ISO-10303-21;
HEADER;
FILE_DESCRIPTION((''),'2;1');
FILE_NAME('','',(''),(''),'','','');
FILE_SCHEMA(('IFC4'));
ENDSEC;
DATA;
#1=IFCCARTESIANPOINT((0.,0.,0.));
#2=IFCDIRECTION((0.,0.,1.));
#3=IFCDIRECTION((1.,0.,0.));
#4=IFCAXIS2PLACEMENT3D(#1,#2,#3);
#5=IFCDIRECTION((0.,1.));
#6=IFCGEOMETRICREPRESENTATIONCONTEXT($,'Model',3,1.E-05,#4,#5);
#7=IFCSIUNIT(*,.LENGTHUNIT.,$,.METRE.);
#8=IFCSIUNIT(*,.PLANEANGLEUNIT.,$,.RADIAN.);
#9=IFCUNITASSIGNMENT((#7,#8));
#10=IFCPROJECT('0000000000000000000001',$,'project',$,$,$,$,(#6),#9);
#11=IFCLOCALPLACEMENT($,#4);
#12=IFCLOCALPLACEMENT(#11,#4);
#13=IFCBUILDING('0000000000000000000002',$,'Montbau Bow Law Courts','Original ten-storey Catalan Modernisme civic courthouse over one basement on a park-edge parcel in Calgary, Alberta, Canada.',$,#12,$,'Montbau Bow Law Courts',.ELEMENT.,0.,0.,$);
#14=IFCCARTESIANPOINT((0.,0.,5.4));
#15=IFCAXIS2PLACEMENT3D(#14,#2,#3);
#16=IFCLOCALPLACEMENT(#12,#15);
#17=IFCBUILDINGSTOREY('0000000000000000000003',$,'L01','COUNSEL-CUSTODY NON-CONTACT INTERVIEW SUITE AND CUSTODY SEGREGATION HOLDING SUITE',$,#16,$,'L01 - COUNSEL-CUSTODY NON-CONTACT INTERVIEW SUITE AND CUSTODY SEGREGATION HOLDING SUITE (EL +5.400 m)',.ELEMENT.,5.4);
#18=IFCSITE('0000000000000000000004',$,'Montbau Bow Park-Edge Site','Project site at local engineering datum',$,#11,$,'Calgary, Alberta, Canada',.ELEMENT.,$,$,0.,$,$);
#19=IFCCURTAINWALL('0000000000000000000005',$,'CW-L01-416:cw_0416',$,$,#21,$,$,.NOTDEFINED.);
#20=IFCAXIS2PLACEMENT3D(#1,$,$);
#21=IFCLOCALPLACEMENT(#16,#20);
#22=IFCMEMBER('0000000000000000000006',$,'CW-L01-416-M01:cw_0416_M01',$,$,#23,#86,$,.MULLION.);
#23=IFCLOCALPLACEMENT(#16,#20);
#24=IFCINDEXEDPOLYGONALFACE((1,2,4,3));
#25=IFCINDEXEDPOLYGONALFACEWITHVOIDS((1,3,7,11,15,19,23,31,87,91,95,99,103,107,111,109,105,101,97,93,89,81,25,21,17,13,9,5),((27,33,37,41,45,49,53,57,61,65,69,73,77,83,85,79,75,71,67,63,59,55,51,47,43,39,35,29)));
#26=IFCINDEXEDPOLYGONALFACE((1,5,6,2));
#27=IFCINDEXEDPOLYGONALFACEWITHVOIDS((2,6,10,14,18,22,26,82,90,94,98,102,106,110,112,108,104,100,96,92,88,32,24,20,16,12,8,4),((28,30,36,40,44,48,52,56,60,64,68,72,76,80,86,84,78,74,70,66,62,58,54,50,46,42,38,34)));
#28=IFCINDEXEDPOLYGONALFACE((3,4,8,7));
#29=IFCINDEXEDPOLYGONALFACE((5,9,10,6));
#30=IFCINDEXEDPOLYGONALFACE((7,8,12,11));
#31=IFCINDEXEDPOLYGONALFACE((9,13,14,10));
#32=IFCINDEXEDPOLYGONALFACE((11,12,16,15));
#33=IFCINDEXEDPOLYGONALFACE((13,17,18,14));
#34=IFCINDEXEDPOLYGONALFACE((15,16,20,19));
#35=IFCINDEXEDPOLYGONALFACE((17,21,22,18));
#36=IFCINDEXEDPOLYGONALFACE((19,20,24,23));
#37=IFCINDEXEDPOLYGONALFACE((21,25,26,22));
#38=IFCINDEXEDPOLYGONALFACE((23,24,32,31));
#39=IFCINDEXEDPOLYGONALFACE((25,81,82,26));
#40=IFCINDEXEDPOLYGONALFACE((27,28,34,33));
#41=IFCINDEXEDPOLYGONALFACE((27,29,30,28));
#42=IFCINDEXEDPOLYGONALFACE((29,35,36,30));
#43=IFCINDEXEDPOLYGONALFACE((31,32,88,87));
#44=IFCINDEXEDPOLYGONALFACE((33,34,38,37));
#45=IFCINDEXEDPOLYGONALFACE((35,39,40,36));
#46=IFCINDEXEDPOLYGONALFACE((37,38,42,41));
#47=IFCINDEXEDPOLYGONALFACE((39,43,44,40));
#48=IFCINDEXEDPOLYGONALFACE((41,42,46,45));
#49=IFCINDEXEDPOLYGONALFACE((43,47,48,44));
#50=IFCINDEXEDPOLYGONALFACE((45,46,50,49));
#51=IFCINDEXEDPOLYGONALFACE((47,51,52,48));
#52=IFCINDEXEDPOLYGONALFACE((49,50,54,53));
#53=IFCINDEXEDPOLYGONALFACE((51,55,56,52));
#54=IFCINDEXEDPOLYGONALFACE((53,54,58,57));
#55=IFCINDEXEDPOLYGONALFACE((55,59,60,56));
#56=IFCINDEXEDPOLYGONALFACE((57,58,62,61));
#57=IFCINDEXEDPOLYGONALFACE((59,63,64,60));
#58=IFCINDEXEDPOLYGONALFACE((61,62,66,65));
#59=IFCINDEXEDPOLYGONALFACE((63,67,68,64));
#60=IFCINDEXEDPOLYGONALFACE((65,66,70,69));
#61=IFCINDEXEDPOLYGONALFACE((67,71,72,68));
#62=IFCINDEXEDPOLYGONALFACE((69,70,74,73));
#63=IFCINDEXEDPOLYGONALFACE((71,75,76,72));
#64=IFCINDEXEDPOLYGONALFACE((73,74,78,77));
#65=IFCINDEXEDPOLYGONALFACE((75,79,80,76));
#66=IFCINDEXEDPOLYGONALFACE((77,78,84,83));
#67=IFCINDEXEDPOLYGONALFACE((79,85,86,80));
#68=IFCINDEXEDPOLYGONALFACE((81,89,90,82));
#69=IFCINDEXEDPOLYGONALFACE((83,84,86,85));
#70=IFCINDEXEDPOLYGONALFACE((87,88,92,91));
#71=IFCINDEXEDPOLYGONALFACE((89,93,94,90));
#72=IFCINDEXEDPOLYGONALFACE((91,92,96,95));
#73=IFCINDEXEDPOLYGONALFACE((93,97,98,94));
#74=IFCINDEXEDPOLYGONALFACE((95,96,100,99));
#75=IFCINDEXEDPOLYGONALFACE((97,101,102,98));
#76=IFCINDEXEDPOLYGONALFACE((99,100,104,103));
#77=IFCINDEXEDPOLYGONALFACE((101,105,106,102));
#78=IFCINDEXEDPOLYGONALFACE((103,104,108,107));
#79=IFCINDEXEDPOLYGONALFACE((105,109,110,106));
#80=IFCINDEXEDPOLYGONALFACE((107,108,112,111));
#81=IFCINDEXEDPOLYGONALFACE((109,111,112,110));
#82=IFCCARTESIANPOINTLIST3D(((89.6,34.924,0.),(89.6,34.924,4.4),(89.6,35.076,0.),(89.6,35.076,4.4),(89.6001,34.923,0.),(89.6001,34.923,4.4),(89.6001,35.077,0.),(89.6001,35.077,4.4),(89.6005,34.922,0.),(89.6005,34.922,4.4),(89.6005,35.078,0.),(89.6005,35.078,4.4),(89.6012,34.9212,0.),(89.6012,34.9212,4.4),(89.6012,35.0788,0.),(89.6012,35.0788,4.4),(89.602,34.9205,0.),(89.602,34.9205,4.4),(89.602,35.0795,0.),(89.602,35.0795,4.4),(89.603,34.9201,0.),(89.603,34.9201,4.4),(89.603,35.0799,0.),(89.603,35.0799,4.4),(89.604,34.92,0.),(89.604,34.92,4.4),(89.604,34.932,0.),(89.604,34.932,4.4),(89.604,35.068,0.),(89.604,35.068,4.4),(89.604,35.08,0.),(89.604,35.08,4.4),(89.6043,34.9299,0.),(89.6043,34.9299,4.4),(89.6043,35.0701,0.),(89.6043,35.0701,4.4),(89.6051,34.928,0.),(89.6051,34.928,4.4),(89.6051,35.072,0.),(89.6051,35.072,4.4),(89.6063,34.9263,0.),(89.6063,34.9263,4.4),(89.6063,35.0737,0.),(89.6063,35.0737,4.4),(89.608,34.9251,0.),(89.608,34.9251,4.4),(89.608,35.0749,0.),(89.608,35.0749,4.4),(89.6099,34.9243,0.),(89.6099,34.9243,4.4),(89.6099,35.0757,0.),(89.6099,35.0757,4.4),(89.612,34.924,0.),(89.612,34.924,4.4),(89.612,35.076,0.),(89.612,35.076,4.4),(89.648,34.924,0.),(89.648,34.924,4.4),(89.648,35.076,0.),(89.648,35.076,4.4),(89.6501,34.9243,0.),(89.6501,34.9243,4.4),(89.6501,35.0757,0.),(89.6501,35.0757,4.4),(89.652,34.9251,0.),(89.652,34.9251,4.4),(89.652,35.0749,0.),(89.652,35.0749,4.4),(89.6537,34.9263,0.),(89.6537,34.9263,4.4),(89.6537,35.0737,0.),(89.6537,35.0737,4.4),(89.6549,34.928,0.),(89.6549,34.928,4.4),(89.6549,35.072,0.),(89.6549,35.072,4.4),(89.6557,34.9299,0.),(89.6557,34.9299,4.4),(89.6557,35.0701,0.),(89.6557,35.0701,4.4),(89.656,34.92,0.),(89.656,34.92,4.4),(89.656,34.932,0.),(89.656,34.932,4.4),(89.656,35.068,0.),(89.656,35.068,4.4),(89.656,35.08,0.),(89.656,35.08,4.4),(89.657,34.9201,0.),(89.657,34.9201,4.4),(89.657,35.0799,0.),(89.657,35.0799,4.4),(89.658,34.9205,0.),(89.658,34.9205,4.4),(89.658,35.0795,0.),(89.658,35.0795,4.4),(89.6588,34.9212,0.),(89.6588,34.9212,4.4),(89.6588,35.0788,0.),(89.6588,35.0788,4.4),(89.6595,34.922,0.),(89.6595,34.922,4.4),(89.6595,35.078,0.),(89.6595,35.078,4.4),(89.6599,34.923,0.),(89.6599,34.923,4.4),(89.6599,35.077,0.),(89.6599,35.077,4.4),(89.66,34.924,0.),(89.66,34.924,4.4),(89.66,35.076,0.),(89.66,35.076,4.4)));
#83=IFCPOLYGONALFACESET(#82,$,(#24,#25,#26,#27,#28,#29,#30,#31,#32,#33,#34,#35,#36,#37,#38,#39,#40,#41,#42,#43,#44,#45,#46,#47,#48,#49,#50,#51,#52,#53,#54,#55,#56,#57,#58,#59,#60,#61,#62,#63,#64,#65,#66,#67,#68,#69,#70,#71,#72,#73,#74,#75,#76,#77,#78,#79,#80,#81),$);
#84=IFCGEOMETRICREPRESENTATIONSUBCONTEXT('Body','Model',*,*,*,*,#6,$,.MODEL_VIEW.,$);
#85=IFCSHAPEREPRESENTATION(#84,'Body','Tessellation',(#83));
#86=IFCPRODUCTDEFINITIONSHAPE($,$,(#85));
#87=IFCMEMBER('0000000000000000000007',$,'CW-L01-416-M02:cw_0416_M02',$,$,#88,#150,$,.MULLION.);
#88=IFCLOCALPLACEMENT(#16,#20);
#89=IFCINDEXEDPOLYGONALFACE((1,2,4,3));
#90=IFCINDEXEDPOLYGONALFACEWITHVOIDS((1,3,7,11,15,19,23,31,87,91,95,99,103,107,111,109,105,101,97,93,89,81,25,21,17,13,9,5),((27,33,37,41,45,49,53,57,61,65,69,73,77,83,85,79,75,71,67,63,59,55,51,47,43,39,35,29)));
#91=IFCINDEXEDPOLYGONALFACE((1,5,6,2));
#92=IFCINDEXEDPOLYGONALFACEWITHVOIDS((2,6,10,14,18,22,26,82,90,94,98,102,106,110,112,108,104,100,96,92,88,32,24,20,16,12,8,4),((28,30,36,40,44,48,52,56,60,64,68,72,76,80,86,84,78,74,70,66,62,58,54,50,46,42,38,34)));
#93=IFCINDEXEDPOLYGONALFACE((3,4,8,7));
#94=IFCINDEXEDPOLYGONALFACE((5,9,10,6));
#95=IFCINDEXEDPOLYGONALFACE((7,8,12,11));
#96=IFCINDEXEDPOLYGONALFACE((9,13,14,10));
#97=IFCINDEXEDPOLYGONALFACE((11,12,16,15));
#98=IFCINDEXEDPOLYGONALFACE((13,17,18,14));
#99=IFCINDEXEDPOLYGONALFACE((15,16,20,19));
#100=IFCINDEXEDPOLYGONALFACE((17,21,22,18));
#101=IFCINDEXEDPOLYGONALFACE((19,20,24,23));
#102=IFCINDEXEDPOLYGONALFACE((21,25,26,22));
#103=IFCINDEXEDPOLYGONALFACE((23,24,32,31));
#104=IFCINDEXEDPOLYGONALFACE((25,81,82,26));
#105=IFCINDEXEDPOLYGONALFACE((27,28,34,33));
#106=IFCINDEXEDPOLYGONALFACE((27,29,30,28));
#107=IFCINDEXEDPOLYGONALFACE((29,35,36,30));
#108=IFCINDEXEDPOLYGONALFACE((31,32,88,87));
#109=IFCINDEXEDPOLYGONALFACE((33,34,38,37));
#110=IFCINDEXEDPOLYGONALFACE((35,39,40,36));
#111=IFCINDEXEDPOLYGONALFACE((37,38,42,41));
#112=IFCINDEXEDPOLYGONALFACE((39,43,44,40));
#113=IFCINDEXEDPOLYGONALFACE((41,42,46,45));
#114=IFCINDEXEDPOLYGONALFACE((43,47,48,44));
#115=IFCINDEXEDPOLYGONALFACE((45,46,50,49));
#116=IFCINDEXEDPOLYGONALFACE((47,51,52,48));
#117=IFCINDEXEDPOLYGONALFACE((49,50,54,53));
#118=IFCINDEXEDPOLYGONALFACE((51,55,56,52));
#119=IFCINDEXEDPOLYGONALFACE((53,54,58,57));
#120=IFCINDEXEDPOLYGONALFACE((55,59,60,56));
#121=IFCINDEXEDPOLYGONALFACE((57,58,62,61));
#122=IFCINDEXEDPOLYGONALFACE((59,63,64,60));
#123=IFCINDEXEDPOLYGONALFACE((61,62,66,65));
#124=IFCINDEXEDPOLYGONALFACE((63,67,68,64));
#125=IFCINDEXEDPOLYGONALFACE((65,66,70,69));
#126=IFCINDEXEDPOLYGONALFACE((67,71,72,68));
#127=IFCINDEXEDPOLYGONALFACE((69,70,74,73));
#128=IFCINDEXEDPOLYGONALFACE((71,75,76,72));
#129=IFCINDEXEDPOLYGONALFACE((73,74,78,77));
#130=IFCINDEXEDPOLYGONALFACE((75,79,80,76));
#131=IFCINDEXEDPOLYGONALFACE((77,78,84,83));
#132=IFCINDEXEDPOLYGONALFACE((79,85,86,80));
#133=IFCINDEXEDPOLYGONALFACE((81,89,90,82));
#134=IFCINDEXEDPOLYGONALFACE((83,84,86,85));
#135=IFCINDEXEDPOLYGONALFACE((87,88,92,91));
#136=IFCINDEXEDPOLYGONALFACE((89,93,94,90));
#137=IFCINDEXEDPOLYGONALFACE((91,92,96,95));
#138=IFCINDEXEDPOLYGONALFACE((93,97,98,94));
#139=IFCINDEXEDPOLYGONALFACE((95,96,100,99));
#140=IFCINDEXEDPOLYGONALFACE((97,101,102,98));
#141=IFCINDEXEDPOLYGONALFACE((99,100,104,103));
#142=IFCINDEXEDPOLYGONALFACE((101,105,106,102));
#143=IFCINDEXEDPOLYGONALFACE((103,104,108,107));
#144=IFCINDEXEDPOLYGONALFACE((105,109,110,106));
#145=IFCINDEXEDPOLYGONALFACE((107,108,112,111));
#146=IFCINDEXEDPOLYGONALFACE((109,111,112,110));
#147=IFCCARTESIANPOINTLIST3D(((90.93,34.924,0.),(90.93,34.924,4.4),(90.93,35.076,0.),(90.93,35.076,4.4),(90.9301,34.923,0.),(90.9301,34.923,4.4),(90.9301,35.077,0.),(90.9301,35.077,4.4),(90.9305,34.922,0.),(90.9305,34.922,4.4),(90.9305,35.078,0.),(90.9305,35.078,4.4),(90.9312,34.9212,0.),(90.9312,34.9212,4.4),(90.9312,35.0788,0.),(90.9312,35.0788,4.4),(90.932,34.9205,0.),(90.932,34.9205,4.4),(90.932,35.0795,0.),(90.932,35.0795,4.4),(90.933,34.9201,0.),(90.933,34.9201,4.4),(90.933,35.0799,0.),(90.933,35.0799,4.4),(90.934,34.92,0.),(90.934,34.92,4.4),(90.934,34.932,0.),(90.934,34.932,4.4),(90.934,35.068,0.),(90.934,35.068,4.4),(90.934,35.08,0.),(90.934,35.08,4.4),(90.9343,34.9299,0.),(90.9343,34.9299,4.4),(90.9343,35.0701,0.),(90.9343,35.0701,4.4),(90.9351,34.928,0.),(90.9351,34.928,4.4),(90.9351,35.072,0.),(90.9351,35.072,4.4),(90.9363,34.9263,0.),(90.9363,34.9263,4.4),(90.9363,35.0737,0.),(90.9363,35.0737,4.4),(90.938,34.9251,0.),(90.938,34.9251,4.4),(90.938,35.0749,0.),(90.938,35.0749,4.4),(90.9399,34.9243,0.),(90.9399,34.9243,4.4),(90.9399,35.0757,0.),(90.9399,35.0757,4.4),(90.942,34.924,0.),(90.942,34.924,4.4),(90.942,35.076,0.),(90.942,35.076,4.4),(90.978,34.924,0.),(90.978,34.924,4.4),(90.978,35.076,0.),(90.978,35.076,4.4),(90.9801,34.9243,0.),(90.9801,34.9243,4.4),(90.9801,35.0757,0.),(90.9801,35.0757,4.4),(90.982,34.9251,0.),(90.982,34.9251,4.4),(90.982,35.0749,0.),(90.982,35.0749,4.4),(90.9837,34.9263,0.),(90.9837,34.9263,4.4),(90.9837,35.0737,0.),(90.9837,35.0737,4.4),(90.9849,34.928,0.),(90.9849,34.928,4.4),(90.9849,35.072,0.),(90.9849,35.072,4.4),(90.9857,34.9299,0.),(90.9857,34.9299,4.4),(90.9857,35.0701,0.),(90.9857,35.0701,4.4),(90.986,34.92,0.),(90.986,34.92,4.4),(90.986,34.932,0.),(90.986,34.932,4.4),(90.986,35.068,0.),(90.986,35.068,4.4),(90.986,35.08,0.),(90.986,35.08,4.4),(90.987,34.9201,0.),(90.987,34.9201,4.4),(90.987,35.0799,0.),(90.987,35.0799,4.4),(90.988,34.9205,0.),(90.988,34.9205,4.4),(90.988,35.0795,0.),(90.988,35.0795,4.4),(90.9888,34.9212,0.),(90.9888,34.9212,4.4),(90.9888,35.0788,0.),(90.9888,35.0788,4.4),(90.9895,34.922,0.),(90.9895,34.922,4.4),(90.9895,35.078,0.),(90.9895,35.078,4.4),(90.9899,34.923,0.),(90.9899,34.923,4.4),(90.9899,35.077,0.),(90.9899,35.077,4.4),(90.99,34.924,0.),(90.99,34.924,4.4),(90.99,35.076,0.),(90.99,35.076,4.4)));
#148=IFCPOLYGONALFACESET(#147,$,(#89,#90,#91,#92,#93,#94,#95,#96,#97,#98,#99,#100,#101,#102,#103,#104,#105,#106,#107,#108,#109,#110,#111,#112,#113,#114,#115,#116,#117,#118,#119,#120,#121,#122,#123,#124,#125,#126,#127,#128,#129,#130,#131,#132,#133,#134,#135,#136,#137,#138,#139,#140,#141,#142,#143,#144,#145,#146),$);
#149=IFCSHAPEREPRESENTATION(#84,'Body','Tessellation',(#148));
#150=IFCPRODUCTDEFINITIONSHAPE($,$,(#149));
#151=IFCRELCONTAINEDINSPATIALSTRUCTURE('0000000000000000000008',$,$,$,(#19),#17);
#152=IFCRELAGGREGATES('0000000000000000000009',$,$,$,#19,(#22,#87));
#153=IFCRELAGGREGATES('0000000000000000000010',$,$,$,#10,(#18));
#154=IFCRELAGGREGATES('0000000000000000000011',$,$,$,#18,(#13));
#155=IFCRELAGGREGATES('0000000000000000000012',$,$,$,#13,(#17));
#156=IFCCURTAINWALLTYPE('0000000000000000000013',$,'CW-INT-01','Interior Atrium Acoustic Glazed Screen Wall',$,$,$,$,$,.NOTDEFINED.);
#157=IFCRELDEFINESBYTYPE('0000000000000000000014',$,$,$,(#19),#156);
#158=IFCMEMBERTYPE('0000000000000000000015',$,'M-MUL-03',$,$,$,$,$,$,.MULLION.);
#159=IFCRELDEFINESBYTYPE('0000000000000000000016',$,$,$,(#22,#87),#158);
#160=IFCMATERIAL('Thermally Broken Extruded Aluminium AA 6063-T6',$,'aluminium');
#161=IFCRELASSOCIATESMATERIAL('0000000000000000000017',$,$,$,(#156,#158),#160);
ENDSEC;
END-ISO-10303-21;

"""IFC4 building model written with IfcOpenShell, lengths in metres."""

from ifc_helpers import new_model, si_unit, direction, frame, origin_with_axes, origin_2d_with_axis, place, context, subcontext, project, spatial, hollow_rectangle, extrude, material, material_profile, profile_set, type_object, element, aggregate, save


model = new_model("IFC4")

# Units and contexts
model_context = context("Model", 3, precision=1e-05, world=origin_with_axes(), true_north=direction((0.0, 1.0)))
body_context = subcontext(model_context, "Body", "Model", "MODEL_VIEW")
ifc_project = project(units=[si_unit("LENGTHUNIT", "METRE"), si_unit("PLANEANGLEUNIT", "RADIAN")], contexts=[model_context])

# Site, building, storey
site_placement = place(None, origin_with_axes())
site = spatial("IfcSite", under=ifc_project, at=site_placement, Name="Montbau Bow Park-Edge Site", Description="Project site at local engineering datum", LongName="Calgary, Alberta, Canada", CompositionType="ELEMENT", RefElevation=0.0)
building_placement = place(site_placement, origin_with_axes())
building = spatial("IfcBuilding", under=site, at=building_placement, Name="Montbau Bow Law Courts", Description="Original ten-storey Catalan Modernisme civic courthouse over one basement on a park-edge parcel in Calgary, Alberta, Canada.", LongName="Montbau Bow Law Courts", CompositionType="ELEMENT", ElevationOfRefHeight=0.0, ElevationOfTerrain=0.0)
storey_placement = place(building_placement, frame((0.0, 0.0, 5.4), z_axis=(0.0, 0.0, 1.0), x_axis=(1.0, 0.0, 0.0)))
storey = spatial("IfcBuildingStorey", under=building, at=storey_placement, Name="L01", Description="COUNSEL-CUSTODY NON-CONTACT INTERVIEW SUITE AND CUSTODY SEGREGATION HOLDING SUITE", LongName="L01 - COUNSEL-CUSTODY NON-CONTACT INTERVIEW SUITE AND CUSTODY SEGREGATION HOLDING SUITE (EL +5.400 m)", CompositionType="ELEMENT", Elevation=5.4)

# Curtain wall, members
ifc_material_1 = material(Name="Thermally Broken Extruded Aluminium AA 6063-T6", Category="aluminium")
curtain_wall_type = type_object("IfcCurtainWallType", Name="CW-INT-01", Description="Interior Atrium Acoustic Glazed Screen Wall", PredefinedType="NOTDEFINED", material=ifc_material_1)
curtain_wall_placement = place(None, frame((89.6, 35.0, 5.4), z_axis=(0.0, 0.0, 1.0), x_axis=(1.0, 0.0, 0.0)))
curtain_wall = element("IfcCurtainWall", 1, at=curtain_wall_placement, inside=storey, type_object=curtain_wall_type, Name="CW-L01-416:cw_0416", PredefinedType="NOTDEFINED")
ifc_material_profile_1 = material_profile(ifc_material_1, hollow_rectangle(XDim=0.06, YDim=0.16, WallThickness=0.004, InnerFilletRadius=0.008, OuterFilletRadius=0.004, at=origin_2d_with_axis()), Name="CWM-160X60", Category="Main", Priority=0)
ifc_profile_set_1 = profile_set([ifc_material_profile_1], Name="Thermally Broken Extruded Aluminium AA 6063-T6")
member_type_1 = type_object("IfcMemberType", Name="M-MUL-03", PredefinedType="MULLION", material=ifc_profile_set_1)
member_1_placement = place(None, frame((89.63, 35.0, 5.4), z_axis=(0.0, 0.0, 1.0), x_axis=(1.0, 0.0, 0.0)))
member_1 = element("IfcMember", 2, at=member_1_placement, type_object=member_type_1, Name="CW-L01-416-M01:cw_0416_M01", PredefinedType="MULLION", context=body_context, shape_type="SweptSolid", body=[
    extrude(hollow_rectangle(XDim=0.06, YDim=0.16, WallThickness=0.004, InnerFilletRadius=0.008, OuterFilletRadius=0.004, at=origin_2d_with_axis()), origin_with_axes(), (0.0, 0.0, 1.0), 4.4),
])
member_2_placement = place(None, frame((90.96, 35.0, 5.4), z_axis=(0.0, 0.0, 1.0), x_axis=(1.0, 0.0, 0.0)))
member_2 = element("IfcMember", 3, at=member_2_placement, type_object=member_type_1, Name="CW-L01-416-M02:cw_0416_M02", PredefinedType="MULLION", context=body_context, shape_type="SweptSolid", body=[
    extrude(hollow_rectangle(XDim=0.06, YDim=0.16, WallThickness=0.004, InnerFilletRadius=0.008, OuterFilletRadius=0.004, at=origin_2d_with_axis()), origin_with_axes(), (0.0, 0.0, 1.0), 4.4),
])
aggregate(curtain_wall, [member_1, member_2])

save(model, "model.ifc")
